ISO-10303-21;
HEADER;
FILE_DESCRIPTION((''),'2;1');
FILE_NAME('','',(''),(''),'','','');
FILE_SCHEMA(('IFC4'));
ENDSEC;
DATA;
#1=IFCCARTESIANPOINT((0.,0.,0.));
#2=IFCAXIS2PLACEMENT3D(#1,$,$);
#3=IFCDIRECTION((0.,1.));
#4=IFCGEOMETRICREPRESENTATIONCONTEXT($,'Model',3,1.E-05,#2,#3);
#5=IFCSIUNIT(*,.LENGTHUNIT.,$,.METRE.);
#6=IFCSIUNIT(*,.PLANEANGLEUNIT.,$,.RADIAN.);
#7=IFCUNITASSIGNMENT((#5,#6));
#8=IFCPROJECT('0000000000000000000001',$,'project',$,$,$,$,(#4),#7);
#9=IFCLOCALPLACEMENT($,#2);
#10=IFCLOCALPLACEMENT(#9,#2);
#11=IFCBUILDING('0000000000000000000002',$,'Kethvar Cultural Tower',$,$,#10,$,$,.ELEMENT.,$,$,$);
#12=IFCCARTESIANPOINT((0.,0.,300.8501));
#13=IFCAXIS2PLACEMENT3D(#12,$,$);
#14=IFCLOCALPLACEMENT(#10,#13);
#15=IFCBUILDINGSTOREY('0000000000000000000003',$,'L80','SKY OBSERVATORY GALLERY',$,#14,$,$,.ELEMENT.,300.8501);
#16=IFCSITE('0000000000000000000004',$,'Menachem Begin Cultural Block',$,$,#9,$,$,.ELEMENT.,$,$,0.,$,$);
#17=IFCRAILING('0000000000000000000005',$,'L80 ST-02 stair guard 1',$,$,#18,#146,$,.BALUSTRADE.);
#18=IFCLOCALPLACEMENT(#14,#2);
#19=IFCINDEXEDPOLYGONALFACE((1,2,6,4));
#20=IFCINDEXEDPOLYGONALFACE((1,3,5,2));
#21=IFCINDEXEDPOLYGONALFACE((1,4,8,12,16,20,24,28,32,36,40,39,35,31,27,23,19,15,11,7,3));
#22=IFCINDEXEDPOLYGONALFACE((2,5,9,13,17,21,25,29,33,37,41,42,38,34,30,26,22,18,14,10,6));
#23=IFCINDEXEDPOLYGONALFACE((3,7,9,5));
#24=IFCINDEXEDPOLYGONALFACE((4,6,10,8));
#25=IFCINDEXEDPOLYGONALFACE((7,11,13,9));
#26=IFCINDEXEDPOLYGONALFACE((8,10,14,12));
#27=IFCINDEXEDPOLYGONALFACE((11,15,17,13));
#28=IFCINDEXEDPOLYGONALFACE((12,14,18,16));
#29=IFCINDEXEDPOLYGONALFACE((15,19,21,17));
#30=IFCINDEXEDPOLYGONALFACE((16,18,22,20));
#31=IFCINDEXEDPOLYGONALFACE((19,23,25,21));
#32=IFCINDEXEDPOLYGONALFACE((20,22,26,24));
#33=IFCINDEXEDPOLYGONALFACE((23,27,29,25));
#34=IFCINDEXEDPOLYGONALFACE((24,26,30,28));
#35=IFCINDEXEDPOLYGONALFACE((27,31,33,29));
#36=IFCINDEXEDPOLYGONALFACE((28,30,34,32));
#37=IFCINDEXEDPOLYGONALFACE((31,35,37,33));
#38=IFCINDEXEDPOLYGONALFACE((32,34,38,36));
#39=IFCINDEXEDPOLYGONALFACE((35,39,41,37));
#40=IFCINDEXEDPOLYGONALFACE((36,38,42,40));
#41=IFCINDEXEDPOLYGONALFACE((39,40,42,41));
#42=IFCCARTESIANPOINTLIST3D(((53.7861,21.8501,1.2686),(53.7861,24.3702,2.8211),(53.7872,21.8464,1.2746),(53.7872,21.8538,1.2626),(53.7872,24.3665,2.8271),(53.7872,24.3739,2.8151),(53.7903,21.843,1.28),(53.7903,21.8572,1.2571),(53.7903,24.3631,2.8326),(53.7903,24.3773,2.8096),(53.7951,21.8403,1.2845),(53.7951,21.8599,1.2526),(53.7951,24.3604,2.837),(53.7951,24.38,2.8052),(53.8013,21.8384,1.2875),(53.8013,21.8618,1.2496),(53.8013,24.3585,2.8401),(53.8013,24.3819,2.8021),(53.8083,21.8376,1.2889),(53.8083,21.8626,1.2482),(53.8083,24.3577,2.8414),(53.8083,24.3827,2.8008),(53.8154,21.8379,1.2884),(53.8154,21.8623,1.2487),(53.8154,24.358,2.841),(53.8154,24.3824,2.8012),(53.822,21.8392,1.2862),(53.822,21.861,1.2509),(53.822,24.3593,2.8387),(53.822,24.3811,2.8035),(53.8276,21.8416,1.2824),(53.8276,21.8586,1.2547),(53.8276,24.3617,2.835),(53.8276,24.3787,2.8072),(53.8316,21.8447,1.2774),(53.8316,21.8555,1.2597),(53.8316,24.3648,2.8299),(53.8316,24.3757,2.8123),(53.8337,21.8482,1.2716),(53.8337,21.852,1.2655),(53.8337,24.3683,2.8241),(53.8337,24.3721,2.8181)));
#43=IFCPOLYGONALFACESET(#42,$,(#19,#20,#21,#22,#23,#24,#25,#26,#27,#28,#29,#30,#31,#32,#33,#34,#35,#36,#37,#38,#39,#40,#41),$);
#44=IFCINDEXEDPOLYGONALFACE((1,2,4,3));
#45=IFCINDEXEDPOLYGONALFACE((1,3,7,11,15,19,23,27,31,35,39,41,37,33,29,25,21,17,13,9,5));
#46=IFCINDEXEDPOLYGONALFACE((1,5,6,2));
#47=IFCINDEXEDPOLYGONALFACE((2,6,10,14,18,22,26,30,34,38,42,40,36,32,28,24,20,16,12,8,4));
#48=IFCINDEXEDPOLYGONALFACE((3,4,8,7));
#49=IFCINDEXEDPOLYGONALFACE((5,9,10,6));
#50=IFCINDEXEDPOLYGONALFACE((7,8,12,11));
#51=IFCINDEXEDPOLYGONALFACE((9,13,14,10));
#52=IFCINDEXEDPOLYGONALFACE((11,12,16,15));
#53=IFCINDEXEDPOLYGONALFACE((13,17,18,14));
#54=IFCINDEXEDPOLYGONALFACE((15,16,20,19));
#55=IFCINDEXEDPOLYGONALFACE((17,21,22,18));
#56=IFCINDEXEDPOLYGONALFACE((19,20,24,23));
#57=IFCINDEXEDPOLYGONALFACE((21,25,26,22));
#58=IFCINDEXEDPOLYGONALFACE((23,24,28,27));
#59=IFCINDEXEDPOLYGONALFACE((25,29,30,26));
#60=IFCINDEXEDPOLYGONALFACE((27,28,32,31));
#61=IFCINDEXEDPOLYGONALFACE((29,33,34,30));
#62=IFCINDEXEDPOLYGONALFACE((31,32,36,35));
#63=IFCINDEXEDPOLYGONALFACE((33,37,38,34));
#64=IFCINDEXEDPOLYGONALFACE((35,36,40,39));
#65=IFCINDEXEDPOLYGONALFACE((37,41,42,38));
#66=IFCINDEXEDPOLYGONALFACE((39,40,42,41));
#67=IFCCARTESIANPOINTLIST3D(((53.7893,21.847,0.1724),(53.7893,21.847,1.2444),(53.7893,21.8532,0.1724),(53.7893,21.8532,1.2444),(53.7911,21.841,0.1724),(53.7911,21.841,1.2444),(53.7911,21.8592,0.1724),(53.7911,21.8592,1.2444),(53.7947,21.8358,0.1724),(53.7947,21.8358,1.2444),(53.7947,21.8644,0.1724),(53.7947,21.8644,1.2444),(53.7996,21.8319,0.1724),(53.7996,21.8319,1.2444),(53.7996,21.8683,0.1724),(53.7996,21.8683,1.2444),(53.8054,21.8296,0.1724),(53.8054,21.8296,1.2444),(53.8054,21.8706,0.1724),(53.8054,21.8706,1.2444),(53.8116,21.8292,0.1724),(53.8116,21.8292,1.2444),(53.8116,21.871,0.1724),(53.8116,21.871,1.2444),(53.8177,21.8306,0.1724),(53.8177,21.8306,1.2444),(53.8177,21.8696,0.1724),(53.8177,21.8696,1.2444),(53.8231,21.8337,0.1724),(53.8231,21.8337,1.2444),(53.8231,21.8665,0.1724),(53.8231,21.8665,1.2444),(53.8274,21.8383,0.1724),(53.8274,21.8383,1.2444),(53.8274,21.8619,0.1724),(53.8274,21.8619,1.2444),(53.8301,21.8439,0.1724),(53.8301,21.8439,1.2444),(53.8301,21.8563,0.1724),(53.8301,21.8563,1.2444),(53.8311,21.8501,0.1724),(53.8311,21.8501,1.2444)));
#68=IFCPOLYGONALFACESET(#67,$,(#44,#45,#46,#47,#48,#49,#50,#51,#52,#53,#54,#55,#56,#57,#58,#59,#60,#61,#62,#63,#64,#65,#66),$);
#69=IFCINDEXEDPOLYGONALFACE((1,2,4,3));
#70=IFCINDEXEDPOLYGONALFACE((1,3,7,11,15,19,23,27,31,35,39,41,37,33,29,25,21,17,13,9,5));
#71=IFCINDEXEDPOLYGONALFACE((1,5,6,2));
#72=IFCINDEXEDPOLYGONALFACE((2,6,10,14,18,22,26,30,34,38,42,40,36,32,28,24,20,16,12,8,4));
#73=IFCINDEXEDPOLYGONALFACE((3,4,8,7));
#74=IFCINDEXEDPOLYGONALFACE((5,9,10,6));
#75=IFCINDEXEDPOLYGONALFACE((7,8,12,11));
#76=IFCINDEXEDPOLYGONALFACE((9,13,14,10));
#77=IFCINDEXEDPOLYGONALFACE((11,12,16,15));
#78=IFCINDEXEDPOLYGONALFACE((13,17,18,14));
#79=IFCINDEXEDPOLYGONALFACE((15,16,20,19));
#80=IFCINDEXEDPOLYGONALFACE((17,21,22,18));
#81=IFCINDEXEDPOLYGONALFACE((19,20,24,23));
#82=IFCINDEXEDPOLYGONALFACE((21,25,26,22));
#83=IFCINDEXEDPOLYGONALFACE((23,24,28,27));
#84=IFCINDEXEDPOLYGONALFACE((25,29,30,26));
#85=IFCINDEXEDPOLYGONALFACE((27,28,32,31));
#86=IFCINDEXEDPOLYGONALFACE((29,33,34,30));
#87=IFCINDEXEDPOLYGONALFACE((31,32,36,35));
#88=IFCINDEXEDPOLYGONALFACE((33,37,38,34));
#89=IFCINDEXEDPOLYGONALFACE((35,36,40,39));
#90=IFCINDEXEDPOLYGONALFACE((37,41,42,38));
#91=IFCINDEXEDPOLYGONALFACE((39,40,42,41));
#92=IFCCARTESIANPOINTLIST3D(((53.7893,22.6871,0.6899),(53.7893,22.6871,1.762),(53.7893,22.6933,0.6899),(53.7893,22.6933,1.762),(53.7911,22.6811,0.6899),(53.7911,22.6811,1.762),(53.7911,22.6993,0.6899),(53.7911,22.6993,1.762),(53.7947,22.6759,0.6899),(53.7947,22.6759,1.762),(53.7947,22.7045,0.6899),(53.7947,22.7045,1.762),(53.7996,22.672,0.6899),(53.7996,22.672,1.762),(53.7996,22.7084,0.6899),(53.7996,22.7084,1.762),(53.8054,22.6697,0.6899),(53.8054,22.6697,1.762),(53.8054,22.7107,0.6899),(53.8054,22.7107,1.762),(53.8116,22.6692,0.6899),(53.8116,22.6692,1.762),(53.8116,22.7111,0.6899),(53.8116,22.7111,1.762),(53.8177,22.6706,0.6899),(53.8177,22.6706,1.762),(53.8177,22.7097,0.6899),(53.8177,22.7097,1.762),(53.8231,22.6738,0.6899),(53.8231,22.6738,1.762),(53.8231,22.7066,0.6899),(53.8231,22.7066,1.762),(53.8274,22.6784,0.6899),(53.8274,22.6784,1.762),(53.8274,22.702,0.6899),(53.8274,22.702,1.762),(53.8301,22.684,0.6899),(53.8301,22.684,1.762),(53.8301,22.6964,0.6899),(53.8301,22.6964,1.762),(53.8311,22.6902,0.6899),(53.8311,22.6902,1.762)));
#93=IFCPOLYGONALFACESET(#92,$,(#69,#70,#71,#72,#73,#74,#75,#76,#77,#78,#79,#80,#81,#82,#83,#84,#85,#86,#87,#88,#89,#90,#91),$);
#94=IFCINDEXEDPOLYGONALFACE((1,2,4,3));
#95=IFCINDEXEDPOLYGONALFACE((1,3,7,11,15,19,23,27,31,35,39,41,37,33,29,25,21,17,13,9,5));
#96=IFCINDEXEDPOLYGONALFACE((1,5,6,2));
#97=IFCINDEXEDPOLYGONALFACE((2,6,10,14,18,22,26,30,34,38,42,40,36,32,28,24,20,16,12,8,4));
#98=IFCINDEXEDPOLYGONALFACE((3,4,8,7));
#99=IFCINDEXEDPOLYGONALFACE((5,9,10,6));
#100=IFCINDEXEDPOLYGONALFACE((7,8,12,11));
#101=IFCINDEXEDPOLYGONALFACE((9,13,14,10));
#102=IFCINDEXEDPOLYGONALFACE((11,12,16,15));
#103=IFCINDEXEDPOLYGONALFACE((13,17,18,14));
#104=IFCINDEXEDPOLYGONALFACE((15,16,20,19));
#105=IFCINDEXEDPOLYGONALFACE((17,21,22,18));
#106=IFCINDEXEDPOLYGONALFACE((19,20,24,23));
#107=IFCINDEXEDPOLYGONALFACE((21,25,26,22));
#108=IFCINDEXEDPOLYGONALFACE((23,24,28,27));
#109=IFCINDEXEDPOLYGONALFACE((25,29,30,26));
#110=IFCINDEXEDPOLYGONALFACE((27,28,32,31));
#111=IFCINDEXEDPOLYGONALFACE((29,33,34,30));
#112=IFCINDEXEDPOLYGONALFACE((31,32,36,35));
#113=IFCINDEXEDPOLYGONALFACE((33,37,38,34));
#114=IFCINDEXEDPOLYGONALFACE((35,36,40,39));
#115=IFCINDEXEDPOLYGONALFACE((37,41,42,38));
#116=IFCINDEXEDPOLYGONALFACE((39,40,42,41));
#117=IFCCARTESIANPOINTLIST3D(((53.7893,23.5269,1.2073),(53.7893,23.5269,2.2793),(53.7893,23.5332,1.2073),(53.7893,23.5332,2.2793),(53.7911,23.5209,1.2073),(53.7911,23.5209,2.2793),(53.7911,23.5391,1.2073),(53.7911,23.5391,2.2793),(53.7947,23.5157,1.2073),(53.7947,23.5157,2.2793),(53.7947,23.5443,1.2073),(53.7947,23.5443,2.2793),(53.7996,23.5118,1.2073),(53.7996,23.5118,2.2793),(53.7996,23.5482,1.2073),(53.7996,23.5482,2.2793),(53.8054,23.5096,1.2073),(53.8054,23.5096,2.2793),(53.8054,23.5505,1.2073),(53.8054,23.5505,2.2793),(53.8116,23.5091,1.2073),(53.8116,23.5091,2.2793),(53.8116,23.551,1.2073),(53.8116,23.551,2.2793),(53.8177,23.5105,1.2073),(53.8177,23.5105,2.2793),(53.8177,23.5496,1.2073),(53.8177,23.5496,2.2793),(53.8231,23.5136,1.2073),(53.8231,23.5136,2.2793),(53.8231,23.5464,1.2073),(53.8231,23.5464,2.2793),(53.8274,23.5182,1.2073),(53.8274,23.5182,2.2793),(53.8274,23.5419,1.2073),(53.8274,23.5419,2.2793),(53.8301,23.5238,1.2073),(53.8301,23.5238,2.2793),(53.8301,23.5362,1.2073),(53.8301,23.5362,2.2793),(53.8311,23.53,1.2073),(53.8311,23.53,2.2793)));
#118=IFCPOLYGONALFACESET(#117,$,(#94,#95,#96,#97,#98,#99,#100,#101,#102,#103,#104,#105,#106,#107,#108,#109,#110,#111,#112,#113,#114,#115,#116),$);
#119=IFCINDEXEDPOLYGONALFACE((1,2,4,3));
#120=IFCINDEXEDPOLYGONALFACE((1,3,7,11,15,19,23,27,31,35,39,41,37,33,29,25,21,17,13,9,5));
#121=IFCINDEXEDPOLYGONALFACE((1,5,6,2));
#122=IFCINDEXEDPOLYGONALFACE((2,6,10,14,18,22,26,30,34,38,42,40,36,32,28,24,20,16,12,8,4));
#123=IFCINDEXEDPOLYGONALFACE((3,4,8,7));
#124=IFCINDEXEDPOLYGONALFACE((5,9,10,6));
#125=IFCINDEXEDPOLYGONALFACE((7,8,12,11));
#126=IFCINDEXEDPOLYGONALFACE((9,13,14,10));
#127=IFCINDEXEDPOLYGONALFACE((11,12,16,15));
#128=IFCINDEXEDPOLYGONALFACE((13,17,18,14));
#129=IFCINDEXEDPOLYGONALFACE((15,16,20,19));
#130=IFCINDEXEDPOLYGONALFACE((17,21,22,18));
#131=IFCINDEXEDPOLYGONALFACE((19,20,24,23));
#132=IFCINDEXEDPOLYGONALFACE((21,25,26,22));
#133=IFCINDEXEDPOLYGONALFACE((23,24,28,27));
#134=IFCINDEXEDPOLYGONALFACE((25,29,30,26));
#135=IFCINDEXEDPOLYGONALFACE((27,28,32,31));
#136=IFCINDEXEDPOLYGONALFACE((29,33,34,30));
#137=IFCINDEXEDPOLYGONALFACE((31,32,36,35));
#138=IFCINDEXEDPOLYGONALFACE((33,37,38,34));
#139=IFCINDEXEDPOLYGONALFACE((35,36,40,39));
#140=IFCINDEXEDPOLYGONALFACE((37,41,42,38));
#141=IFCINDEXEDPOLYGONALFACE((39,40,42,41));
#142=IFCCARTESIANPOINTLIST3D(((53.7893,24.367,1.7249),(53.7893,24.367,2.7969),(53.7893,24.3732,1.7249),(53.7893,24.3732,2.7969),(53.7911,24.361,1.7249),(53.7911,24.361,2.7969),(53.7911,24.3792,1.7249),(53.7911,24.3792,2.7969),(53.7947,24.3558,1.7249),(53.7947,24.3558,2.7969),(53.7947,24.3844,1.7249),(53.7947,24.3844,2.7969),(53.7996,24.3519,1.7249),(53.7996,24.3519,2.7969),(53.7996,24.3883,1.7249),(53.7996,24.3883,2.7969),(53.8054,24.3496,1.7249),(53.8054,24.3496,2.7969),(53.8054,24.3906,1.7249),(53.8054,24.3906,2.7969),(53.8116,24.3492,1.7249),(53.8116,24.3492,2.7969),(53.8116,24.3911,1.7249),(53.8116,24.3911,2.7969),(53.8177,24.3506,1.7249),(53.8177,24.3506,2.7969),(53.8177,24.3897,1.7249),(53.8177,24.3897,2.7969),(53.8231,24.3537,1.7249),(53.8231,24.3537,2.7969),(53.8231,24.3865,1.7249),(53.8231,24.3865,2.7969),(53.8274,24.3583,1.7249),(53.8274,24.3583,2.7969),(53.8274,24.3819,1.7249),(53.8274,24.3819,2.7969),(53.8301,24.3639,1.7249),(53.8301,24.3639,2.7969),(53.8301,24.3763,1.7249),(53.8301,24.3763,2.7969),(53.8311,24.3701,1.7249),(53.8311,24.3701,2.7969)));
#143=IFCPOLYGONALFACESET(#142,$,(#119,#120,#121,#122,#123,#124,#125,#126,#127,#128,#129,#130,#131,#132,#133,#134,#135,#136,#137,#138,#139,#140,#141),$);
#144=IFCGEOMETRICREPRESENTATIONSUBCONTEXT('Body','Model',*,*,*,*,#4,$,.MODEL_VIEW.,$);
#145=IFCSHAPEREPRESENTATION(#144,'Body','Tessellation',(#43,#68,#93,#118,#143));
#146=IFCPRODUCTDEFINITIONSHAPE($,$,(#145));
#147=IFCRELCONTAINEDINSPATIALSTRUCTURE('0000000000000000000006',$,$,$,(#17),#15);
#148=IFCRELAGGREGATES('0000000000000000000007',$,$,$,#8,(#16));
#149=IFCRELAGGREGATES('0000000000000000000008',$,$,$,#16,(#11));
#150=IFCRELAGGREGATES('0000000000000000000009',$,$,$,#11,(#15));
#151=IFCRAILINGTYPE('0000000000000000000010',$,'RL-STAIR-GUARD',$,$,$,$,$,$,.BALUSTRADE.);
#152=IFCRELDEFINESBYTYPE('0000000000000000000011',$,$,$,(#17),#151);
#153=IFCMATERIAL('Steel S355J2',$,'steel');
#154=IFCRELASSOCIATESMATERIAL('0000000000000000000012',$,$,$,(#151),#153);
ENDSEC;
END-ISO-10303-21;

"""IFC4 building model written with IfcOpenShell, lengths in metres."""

from ifc_helpers import new_model, si_unit, direction, frame, origin, origin_2d, place, context, subcontext, project, spatial, circle, extrude, material, type_object, element, save


model = new_model("IFC4")

# Units and contexts
model_context = context("Model", 3, precision=1e-05, world=origin(), true_north=direction((0.0, 1.0)))
body_context = subcontext(model_context, "Body", "Model", "MODEL_VIEW")
ifc_project = project(units=[si_unit("LENGTHUNIT", "METRE"), si_unit("PLANEANGLEUNIT", "RADIAN")], contexts=[model_context])

# Site, building, storey
site_placement = place(None, origin())
site = spatial("IfcSite", under=ifc_project, at=site_placement, Name="Menachem Begin Cultural Block", CompositionType="ELEMENT", RefElevation=0.0)
building_placement = place(site_placement, origin())
building = spatial("IfcBuilding", under=site, at=building_placement, Name="Kethvar Cultural Tower", CompositionType="ELEMENT")
storey_placement = place(building_placement, frame((0.0, 0.0, 300.8501)))
storey = spatial("IfcBuildingStorey", under=building, at=storey_placement, Name="L80", Description="SKY OBSERVATORY GALLERY", CompositionType="ELEMENT", Elevation=300.8501)

# Shared definitions
ifc_material_1 = material(Name="Steel S355J2", Category="steel")

# Railing
railing_type_1 = type_object("IfcRailingType", Name="RL-STAIR-GUARD", PredefinedType="BALUSTRADE", material=ifc_material_1)
railing_1_placement = place(storey_placement, frame((53.8101, 21.8501, 0.1724)))
element("IfcRailing", 1, at=railing_1_placement, inside=storey, type_object=railing_type_1, Name="L80 ST-02 stair guard 1", PredefinedType="BALUSTRADE", context=body_context, shape_type="SweptSolid", body=[
    extrude(circle(Radius=0.0239, at=origin_2d()), frame((0.0, 0.0, 1.0962), z_axis=(0.0, 0.8514, 0.524516), x_axis=(-1.0, 0.0, 0.0)), (0.0, 0.0, 1.0), 2.96),
    extrude(circle(Radius=0.021, at=origin_2d()), origin(), (0.0, 0.0, 1.0), 1.072),
    extrude(circle(Radius=0.021, at=origin_2d()), frame((0.0, 0.8401, 0.5176)), (0.0, 0.0, 1.0), 1.072),
    extrude(circle(Radius=0.021, at=origin_2d()), frame((0.0, 1.6799, 1.0349)), (0.0, 0.0, 1.0), 1.072),
    extrude(circle(Radius=0.021, at=origin_2d()), frame((0.0, 2.52, 1.5525)), (0.0, 0.0, 1.0), 1.072),
])

save(model, "model.ifc")
